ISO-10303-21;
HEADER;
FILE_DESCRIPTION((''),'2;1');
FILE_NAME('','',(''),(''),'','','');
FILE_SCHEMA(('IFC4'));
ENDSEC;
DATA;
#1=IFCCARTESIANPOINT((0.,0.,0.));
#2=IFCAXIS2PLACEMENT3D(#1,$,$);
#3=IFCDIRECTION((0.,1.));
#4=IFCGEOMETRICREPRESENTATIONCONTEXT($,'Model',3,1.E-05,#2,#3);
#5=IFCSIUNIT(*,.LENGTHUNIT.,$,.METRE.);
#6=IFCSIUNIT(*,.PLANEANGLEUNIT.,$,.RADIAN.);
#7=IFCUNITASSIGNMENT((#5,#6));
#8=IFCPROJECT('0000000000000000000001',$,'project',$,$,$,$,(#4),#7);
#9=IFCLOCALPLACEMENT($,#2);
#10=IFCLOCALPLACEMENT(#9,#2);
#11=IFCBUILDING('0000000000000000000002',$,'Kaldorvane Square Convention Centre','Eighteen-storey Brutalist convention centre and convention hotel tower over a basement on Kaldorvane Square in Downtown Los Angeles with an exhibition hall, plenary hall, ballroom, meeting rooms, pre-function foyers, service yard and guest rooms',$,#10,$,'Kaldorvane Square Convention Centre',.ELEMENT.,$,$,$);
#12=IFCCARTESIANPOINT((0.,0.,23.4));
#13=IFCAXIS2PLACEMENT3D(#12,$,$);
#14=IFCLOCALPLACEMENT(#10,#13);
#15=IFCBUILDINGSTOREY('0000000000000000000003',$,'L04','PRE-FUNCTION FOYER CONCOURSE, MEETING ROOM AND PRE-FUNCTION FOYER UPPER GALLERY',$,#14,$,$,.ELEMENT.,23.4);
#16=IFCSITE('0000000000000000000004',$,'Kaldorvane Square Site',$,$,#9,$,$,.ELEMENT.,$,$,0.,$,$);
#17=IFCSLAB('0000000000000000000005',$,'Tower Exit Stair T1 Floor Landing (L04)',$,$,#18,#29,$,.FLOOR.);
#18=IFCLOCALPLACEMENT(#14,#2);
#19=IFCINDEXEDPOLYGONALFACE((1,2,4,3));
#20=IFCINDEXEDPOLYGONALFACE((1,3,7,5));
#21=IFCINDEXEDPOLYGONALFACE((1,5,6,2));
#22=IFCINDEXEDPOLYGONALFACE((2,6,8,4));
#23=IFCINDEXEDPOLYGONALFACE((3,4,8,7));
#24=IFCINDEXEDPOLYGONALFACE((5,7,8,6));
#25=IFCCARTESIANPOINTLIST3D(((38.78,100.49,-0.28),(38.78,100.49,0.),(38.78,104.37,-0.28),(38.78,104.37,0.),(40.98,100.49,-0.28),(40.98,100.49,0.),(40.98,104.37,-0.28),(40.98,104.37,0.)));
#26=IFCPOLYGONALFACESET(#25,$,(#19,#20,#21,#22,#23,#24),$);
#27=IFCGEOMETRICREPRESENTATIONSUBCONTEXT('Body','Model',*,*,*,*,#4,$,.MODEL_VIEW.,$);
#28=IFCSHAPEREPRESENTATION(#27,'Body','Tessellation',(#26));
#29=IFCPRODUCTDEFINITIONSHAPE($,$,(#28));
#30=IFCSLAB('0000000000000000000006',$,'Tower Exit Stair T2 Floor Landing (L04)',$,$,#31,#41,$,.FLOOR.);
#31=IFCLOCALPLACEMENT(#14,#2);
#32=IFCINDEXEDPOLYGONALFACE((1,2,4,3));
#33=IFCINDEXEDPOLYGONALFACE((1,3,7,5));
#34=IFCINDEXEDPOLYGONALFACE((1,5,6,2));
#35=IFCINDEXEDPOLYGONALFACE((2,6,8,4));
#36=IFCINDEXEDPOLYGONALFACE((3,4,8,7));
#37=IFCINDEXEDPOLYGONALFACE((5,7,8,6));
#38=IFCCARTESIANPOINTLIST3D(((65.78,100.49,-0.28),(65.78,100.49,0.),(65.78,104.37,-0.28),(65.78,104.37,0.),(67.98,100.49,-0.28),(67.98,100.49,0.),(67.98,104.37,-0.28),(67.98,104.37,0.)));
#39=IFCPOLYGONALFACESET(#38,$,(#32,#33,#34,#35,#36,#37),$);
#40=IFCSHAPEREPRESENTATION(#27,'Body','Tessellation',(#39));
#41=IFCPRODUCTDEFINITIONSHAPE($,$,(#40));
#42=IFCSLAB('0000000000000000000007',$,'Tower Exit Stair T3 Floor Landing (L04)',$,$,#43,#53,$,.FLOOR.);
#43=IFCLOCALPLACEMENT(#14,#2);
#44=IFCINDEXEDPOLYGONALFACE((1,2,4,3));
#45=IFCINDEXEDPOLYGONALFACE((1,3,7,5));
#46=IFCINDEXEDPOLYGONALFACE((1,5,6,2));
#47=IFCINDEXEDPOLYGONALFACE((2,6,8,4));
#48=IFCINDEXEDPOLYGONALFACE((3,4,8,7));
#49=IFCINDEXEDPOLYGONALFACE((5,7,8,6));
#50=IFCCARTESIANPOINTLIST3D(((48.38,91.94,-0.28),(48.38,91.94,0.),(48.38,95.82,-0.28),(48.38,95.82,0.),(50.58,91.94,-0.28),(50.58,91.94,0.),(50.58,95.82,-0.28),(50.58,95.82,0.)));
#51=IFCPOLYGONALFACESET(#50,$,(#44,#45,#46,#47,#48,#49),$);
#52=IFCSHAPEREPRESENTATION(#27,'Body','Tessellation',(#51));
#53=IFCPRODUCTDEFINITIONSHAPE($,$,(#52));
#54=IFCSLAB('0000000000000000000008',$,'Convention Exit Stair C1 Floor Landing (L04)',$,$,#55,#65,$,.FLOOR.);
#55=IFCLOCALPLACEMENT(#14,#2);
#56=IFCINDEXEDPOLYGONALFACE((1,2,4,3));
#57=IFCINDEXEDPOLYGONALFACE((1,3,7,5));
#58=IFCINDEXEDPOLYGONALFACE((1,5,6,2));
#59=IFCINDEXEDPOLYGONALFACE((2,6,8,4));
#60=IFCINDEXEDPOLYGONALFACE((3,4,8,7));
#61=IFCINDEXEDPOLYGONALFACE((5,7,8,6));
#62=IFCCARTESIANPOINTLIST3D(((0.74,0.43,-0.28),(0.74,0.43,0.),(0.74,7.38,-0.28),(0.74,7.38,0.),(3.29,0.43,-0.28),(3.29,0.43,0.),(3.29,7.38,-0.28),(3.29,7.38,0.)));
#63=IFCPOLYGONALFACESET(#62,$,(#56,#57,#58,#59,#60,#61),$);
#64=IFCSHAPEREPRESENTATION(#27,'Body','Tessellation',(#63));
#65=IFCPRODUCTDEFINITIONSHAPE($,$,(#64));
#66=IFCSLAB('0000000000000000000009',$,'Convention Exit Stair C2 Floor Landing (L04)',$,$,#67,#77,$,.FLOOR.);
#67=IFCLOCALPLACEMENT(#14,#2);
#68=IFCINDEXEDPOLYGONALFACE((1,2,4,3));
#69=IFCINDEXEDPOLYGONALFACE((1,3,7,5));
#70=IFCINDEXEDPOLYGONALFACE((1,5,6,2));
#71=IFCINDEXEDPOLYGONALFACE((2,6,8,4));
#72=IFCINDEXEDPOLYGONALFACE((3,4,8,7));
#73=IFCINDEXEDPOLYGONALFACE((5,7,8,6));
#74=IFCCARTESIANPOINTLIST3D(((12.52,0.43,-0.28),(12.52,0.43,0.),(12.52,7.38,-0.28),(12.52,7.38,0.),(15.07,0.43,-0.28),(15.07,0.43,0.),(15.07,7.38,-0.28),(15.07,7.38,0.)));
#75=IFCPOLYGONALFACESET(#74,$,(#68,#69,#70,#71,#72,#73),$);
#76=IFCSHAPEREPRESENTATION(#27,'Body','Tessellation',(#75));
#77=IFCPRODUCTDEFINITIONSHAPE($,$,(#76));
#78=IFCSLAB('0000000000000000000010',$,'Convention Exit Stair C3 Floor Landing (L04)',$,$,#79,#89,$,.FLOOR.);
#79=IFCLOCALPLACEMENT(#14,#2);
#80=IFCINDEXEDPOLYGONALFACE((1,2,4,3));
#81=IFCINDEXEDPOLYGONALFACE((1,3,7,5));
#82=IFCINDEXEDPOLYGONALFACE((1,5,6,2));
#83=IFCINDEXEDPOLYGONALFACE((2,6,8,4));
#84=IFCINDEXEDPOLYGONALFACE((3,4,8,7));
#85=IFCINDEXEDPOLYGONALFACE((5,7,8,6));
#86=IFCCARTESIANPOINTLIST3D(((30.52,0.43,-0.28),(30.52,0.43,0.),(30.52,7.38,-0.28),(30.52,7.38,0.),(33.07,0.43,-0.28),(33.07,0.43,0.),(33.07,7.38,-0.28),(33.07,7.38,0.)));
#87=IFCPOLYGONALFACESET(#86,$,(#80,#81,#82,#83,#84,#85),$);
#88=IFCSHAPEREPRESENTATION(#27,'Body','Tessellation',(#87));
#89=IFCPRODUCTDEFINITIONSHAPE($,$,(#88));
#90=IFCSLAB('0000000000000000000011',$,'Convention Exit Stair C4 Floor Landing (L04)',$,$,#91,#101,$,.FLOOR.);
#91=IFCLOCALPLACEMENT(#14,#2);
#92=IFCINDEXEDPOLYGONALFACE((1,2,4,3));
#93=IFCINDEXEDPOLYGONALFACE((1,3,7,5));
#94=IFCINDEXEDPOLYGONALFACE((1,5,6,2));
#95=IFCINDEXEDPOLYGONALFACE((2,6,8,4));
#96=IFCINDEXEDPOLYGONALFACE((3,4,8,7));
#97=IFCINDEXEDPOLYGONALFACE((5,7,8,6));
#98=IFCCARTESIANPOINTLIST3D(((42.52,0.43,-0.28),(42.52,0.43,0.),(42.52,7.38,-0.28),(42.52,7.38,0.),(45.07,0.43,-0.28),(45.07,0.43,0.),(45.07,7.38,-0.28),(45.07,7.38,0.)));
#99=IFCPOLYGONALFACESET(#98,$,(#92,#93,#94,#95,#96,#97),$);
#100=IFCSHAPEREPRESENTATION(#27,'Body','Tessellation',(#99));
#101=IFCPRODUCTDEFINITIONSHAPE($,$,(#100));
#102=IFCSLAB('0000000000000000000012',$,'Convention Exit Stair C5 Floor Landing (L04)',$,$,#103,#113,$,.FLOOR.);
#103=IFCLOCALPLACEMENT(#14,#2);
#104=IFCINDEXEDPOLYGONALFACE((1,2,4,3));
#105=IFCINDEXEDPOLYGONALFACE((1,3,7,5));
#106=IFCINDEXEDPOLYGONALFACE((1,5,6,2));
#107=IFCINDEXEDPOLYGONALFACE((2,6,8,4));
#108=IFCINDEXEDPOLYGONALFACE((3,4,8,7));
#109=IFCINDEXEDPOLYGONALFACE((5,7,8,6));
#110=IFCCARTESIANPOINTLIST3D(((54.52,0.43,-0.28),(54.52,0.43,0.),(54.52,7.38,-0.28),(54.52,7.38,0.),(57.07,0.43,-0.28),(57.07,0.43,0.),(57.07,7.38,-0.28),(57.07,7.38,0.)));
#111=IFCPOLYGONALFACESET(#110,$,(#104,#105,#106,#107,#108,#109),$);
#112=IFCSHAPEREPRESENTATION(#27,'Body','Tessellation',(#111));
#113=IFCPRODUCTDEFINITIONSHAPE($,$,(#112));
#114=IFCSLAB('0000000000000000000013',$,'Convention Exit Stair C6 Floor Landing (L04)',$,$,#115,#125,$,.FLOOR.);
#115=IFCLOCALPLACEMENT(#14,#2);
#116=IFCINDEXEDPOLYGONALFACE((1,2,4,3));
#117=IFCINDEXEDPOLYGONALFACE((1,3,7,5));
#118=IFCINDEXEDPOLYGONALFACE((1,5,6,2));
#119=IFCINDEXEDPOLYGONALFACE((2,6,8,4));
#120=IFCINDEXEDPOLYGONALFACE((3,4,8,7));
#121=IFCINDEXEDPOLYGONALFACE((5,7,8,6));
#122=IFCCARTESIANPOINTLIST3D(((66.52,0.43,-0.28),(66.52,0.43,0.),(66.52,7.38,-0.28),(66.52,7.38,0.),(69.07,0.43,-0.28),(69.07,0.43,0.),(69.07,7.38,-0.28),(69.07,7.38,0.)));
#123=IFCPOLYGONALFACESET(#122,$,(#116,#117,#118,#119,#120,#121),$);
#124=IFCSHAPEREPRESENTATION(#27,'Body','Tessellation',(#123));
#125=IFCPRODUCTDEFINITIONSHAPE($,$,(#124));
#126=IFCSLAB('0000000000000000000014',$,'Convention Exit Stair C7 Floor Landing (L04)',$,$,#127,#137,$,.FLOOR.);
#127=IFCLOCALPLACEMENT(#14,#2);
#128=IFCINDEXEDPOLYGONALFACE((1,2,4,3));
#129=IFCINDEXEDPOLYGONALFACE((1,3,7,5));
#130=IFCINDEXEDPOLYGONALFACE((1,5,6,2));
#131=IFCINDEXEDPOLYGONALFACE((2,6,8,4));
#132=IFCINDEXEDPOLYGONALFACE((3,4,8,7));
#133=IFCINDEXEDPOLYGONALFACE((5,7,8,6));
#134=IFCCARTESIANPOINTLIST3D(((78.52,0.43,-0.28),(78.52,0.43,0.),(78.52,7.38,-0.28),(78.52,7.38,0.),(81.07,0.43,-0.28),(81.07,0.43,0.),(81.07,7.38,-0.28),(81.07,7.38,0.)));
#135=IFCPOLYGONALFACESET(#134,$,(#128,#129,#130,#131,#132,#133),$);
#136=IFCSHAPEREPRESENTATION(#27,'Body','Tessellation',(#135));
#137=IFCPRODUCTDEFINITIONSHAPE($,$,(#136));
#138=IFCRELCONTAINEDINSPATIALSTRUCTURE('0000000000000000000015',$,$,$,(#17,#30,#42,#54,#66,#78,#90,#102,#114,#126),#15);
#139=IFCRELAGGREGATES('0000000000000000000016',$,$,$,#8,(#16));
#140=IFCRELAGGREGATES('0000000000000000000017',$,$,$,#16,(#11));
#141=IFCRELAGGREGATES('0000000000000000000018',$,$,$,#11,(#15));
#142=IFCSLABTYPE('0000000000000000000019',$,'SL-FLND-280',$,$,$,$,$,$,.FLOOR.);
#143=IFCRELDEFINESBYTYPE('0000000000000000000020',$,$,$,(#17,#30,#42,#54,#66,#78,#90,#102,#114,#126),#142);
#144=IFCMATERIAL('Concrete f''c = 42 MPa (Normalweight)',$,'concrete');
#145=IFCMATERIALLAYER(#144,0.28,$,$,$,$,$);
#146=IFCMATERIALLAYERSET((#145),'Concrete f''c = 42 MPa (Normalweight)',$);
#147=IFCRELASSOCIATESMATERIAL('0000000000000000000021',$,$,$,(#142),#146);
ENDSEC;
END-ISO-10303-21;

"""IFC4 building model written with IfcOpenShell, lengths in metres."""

from ifc_helpers import new_model, si_unit, direction, frame, origin, place, context, subcontext, project, spatial, polyline, outline, extrude, material, layer, layer_set, type_object, element, save


model = new_model("IFC4")

# Units and contexts
model_context = context("Model", 3, precision=1e-05, world=origin(), true_north=direction((0.0, 1.0)))
body_context = subcontext(model_context, "Body", "Model", "MODEL_VIEW")
ifc_project = project(units=[si_unit("LENGTHUNIT", "METRE"), si_unit("PLANEANGLEUNIT", "RADIAN")], contexts=[model_context])

# Site, building, storey
site_placement = place(None, origin())
site = spatial("IfcSite", under=ifc_project, at=site_placement, Name="Kaldorvane Square Site", CompositionType="ELEMENT", RefElevation=0.0)
building_placement = place(site_placement, origin())
building = spatial("IfcBuilding", under=site, at=building_placement, Name="Kaldorvane Square Convention Centre", Description="Eighteen-storey Brutalist convention centre and convention hotel tower over a basement on Kaldorvane Square in Downtown Los Angeles with an exhibition hall, plenary hall, ballroom, meeting rooms, pre-function foyers, service yard and guest rooms", LongName="Kaldorvane Square Convention Centre", CompositionType="ELEMENT")
storey_placement = place(building_placement, frame((0.0, 0.0, 23.4)))
storey = spatial("IfcBuildingStorey", under=building, at=storey_placement, Name="L04", Description="PRE-FUNCTION FOYER CONCOURSE, MEETING ROOM AND PRE-FUNCTION FOYER UPPER GALLERY", CompositionType="ELEMENT", Elevation=23.4)

# Slabs
ifc_material = material(Name="Concrete f'c = 42 MPa (Normalweight)", Category="concrete")
ifc_layer_1 = layer(ifc_material, 0.28)
ifc_layer_set_1 = layer_set([ifc_layer_1], Name="Concrete f'c = 42 MPa (Normalweight)")
slab_type_1 = type_object("IfcSlabType", Name="SL-FLND-280", PredefinedType="FLOOR", material=ifc_layer_set_1)
slab_1_placement = place(storey_placement, frame((0.0, 0.0, -0.28)))
element("IfcSlab", 1, at=slab_1_placement, inside=storey, type_object=slab_type_1, Name="Tower Exit Stair T1 Floor Landing (L04)", PredefinedType="FLOOR", context=body_context, shape_type="SweptSolid", body=[
    extrude(outline(polyline([(38.78, 100.49), (40.98, 100.49), (40.98, 104.37), (38.78, 104.37), (38.78, 100.49)])), origin(), (0.0, 0.0, 1.0), 0.28),
])
slab_2_placement = place(storey_placement, frame((0.0, 0.0, -0.28)))
element("IfcSlab", 2, at=slab_2_placement, inside=storey, type_object=slab_type_1, Name="Tower Exit Stair T2 Floor Landing (L04)", PredefinedType="FLOOR", context=body_context, shape_type="SweptSolid", body=[
    extrude(outline(polyline([(65.78, 100.49), (67.98, 100.49), (67.98, 104.37), (65.78, 104.37), (65.78, 100.49)])), origin(), (0.0, 0.0, 1.0), 0.28),
])
slab_3_placement = place(storey_placement, frame((0.0, 0.0, -0.28)))
element("IfcSlab", 3, at=slab_3_placement, inside=storey, type_object=slab_type_1, Name="Tower Exit Stair T3 Floor Landing (L04)", PredefinedType="FLOOR", context=body_context, shape_type="SweptSolid", body=[
    extrude(outline(polyline([(48.38, 91.94), (50.58, 91.94), (50.58, 95.82), (48.38, 95.82), (48.38, 91.94)])), origin(), (0.0, 0.0, 1.0), 0.28),
])
slab_4_placement = place(storey_placement, frame((0.0, 0.0, -0.28)))
element("IfcSlab", 4, at=slab_4_placement, inside=storey, type_object=slab_type_1, Name="Convention Exit Stair C1 Floor Landing (L04)", PredefinedType="FLOOR", context=body_context, shape_type="SweptSolid", body=[
    extrude(outline(polyline([(0.74, 0.43), (3.29, 0.43), (3.29, 7.38), (0.74, 7.38), (0.74, 0.43)])), origin(), (0.0, 0.0, 1.0), 0.28),
])
slab_5_placement = place(storey_placement, frame((0.0, 0.0, -0.28)))
element("IfcSlab", 5, at=slab_5_placement, inside=storey, type_object=slab_type_1, Name="Convention Exit Stair C2 Floor Landing (L04)", PredefinedType="FLOOR", context=body_context, shape_type="SweptSolid", body=[
    extrude(outline(polyline([(12.52, 0.43), (15.07, 0.43), (15.07, 7.38), (12.52, 7.38), (12.52, 0.43)])), origin(), (0.0, 0.0, 1.0), 0.28),
])
slab_6_placement = place(storey_placement, frame((0.0, 0.0, -0.28)))
element("IfcSlab", 6, at=slab_6_placement, inside=storey, type_object=slab_type_1, Name="Convention Exit Stair C3 Floor Landing (L04)", PredefinedType="FLOOR", context=body_context, shape_type="SweptSolid", body=[
    extrude(outline(polyline([(30.52, 0.43), (33.07, 0.43), (33.07, 7.38), (30.52, 7.38), (30.52, 0.43)])), origin(), (0.0, 0.0, 1.0), 0.28),
])
slab_7_placement = place(storey_placement, frame((0.0, 0.0, -0.28)))
element("IfcSlab", 7, at=slab_7_placement, inside=storey, type_object=slab_type_1, Name="Convention Exit Stair C4 Floor Landing (L04)", PredefinedType="FLOOR", context=body_context, shape_type="SweptSolid", body=[
    extrude(outline(polyline([(42.52, 0.43), (45.07, 0.43), (45.07, 7.38), (42.52, 7.38), (42.52, 0.43)])), origin(), (0.0, 0.0, 1.0), 0.28),
])
slab_8_placement = place(storey_placement, frame((0.0, 0.0, -0.28)))
element("IfcSlab", 8, at=slab_8_placement, inside=storey, type_object=slab_type_1, Name="Convention Exit Stair C5 Floor Landing (L04)", PredefinedType="FLOOR", context=body_context, shape_type="SweptSolid", body=[
    extrude(outline(polyline([(54.52, 0.43), (57.07, 0.43), (57.07, 7.38), (54.52, 7.38), (54.52, 0.43)])), origin(), (0.0, 0.0, 1.0), 0.28),
])
slab_9_placement = place(storey_placement, frame((0.0, 0.0, -0.28)))
element("IfcSlab", 9, at=slab_9_placement, inside=storey, type_object=slab_type_1, Name="Convention Exit Stair C6 Floor Landing (L04)", PredefinedType="FLOOR", context=body_context, shape_type="SweptSolid", body=[
    extrude(outline(polyline([(66.52, 0.43), (69.07, 0.43), (69.07, 7.38), (66.52, 7.38), (66.52, 0.43)])), origin(), (0.0, 0.0, 1.0), 0.28),
])
slab_10_placement = place(storey_placement, frame((0.0, 0.0, -0.28)))
element("IfcSlab", 10, at=slab_10_placement, inside=storey, type_object=slab_type_1, Name="Convention Exit Stair C7 Floor Landing (L04)", PredefinedType="FLOOR", context=body_context, shape_type="SweptSolid", body=[
    extrude(outline(polyline([(78.52, 0.43), (81.07, 0.43), (81.07, 7.38), (78.52, 7.38), (78.52, 0.43)])), origin(), (0.0, 0.0, 1.0), 0.28),
])

save(model, "model.ifc")
